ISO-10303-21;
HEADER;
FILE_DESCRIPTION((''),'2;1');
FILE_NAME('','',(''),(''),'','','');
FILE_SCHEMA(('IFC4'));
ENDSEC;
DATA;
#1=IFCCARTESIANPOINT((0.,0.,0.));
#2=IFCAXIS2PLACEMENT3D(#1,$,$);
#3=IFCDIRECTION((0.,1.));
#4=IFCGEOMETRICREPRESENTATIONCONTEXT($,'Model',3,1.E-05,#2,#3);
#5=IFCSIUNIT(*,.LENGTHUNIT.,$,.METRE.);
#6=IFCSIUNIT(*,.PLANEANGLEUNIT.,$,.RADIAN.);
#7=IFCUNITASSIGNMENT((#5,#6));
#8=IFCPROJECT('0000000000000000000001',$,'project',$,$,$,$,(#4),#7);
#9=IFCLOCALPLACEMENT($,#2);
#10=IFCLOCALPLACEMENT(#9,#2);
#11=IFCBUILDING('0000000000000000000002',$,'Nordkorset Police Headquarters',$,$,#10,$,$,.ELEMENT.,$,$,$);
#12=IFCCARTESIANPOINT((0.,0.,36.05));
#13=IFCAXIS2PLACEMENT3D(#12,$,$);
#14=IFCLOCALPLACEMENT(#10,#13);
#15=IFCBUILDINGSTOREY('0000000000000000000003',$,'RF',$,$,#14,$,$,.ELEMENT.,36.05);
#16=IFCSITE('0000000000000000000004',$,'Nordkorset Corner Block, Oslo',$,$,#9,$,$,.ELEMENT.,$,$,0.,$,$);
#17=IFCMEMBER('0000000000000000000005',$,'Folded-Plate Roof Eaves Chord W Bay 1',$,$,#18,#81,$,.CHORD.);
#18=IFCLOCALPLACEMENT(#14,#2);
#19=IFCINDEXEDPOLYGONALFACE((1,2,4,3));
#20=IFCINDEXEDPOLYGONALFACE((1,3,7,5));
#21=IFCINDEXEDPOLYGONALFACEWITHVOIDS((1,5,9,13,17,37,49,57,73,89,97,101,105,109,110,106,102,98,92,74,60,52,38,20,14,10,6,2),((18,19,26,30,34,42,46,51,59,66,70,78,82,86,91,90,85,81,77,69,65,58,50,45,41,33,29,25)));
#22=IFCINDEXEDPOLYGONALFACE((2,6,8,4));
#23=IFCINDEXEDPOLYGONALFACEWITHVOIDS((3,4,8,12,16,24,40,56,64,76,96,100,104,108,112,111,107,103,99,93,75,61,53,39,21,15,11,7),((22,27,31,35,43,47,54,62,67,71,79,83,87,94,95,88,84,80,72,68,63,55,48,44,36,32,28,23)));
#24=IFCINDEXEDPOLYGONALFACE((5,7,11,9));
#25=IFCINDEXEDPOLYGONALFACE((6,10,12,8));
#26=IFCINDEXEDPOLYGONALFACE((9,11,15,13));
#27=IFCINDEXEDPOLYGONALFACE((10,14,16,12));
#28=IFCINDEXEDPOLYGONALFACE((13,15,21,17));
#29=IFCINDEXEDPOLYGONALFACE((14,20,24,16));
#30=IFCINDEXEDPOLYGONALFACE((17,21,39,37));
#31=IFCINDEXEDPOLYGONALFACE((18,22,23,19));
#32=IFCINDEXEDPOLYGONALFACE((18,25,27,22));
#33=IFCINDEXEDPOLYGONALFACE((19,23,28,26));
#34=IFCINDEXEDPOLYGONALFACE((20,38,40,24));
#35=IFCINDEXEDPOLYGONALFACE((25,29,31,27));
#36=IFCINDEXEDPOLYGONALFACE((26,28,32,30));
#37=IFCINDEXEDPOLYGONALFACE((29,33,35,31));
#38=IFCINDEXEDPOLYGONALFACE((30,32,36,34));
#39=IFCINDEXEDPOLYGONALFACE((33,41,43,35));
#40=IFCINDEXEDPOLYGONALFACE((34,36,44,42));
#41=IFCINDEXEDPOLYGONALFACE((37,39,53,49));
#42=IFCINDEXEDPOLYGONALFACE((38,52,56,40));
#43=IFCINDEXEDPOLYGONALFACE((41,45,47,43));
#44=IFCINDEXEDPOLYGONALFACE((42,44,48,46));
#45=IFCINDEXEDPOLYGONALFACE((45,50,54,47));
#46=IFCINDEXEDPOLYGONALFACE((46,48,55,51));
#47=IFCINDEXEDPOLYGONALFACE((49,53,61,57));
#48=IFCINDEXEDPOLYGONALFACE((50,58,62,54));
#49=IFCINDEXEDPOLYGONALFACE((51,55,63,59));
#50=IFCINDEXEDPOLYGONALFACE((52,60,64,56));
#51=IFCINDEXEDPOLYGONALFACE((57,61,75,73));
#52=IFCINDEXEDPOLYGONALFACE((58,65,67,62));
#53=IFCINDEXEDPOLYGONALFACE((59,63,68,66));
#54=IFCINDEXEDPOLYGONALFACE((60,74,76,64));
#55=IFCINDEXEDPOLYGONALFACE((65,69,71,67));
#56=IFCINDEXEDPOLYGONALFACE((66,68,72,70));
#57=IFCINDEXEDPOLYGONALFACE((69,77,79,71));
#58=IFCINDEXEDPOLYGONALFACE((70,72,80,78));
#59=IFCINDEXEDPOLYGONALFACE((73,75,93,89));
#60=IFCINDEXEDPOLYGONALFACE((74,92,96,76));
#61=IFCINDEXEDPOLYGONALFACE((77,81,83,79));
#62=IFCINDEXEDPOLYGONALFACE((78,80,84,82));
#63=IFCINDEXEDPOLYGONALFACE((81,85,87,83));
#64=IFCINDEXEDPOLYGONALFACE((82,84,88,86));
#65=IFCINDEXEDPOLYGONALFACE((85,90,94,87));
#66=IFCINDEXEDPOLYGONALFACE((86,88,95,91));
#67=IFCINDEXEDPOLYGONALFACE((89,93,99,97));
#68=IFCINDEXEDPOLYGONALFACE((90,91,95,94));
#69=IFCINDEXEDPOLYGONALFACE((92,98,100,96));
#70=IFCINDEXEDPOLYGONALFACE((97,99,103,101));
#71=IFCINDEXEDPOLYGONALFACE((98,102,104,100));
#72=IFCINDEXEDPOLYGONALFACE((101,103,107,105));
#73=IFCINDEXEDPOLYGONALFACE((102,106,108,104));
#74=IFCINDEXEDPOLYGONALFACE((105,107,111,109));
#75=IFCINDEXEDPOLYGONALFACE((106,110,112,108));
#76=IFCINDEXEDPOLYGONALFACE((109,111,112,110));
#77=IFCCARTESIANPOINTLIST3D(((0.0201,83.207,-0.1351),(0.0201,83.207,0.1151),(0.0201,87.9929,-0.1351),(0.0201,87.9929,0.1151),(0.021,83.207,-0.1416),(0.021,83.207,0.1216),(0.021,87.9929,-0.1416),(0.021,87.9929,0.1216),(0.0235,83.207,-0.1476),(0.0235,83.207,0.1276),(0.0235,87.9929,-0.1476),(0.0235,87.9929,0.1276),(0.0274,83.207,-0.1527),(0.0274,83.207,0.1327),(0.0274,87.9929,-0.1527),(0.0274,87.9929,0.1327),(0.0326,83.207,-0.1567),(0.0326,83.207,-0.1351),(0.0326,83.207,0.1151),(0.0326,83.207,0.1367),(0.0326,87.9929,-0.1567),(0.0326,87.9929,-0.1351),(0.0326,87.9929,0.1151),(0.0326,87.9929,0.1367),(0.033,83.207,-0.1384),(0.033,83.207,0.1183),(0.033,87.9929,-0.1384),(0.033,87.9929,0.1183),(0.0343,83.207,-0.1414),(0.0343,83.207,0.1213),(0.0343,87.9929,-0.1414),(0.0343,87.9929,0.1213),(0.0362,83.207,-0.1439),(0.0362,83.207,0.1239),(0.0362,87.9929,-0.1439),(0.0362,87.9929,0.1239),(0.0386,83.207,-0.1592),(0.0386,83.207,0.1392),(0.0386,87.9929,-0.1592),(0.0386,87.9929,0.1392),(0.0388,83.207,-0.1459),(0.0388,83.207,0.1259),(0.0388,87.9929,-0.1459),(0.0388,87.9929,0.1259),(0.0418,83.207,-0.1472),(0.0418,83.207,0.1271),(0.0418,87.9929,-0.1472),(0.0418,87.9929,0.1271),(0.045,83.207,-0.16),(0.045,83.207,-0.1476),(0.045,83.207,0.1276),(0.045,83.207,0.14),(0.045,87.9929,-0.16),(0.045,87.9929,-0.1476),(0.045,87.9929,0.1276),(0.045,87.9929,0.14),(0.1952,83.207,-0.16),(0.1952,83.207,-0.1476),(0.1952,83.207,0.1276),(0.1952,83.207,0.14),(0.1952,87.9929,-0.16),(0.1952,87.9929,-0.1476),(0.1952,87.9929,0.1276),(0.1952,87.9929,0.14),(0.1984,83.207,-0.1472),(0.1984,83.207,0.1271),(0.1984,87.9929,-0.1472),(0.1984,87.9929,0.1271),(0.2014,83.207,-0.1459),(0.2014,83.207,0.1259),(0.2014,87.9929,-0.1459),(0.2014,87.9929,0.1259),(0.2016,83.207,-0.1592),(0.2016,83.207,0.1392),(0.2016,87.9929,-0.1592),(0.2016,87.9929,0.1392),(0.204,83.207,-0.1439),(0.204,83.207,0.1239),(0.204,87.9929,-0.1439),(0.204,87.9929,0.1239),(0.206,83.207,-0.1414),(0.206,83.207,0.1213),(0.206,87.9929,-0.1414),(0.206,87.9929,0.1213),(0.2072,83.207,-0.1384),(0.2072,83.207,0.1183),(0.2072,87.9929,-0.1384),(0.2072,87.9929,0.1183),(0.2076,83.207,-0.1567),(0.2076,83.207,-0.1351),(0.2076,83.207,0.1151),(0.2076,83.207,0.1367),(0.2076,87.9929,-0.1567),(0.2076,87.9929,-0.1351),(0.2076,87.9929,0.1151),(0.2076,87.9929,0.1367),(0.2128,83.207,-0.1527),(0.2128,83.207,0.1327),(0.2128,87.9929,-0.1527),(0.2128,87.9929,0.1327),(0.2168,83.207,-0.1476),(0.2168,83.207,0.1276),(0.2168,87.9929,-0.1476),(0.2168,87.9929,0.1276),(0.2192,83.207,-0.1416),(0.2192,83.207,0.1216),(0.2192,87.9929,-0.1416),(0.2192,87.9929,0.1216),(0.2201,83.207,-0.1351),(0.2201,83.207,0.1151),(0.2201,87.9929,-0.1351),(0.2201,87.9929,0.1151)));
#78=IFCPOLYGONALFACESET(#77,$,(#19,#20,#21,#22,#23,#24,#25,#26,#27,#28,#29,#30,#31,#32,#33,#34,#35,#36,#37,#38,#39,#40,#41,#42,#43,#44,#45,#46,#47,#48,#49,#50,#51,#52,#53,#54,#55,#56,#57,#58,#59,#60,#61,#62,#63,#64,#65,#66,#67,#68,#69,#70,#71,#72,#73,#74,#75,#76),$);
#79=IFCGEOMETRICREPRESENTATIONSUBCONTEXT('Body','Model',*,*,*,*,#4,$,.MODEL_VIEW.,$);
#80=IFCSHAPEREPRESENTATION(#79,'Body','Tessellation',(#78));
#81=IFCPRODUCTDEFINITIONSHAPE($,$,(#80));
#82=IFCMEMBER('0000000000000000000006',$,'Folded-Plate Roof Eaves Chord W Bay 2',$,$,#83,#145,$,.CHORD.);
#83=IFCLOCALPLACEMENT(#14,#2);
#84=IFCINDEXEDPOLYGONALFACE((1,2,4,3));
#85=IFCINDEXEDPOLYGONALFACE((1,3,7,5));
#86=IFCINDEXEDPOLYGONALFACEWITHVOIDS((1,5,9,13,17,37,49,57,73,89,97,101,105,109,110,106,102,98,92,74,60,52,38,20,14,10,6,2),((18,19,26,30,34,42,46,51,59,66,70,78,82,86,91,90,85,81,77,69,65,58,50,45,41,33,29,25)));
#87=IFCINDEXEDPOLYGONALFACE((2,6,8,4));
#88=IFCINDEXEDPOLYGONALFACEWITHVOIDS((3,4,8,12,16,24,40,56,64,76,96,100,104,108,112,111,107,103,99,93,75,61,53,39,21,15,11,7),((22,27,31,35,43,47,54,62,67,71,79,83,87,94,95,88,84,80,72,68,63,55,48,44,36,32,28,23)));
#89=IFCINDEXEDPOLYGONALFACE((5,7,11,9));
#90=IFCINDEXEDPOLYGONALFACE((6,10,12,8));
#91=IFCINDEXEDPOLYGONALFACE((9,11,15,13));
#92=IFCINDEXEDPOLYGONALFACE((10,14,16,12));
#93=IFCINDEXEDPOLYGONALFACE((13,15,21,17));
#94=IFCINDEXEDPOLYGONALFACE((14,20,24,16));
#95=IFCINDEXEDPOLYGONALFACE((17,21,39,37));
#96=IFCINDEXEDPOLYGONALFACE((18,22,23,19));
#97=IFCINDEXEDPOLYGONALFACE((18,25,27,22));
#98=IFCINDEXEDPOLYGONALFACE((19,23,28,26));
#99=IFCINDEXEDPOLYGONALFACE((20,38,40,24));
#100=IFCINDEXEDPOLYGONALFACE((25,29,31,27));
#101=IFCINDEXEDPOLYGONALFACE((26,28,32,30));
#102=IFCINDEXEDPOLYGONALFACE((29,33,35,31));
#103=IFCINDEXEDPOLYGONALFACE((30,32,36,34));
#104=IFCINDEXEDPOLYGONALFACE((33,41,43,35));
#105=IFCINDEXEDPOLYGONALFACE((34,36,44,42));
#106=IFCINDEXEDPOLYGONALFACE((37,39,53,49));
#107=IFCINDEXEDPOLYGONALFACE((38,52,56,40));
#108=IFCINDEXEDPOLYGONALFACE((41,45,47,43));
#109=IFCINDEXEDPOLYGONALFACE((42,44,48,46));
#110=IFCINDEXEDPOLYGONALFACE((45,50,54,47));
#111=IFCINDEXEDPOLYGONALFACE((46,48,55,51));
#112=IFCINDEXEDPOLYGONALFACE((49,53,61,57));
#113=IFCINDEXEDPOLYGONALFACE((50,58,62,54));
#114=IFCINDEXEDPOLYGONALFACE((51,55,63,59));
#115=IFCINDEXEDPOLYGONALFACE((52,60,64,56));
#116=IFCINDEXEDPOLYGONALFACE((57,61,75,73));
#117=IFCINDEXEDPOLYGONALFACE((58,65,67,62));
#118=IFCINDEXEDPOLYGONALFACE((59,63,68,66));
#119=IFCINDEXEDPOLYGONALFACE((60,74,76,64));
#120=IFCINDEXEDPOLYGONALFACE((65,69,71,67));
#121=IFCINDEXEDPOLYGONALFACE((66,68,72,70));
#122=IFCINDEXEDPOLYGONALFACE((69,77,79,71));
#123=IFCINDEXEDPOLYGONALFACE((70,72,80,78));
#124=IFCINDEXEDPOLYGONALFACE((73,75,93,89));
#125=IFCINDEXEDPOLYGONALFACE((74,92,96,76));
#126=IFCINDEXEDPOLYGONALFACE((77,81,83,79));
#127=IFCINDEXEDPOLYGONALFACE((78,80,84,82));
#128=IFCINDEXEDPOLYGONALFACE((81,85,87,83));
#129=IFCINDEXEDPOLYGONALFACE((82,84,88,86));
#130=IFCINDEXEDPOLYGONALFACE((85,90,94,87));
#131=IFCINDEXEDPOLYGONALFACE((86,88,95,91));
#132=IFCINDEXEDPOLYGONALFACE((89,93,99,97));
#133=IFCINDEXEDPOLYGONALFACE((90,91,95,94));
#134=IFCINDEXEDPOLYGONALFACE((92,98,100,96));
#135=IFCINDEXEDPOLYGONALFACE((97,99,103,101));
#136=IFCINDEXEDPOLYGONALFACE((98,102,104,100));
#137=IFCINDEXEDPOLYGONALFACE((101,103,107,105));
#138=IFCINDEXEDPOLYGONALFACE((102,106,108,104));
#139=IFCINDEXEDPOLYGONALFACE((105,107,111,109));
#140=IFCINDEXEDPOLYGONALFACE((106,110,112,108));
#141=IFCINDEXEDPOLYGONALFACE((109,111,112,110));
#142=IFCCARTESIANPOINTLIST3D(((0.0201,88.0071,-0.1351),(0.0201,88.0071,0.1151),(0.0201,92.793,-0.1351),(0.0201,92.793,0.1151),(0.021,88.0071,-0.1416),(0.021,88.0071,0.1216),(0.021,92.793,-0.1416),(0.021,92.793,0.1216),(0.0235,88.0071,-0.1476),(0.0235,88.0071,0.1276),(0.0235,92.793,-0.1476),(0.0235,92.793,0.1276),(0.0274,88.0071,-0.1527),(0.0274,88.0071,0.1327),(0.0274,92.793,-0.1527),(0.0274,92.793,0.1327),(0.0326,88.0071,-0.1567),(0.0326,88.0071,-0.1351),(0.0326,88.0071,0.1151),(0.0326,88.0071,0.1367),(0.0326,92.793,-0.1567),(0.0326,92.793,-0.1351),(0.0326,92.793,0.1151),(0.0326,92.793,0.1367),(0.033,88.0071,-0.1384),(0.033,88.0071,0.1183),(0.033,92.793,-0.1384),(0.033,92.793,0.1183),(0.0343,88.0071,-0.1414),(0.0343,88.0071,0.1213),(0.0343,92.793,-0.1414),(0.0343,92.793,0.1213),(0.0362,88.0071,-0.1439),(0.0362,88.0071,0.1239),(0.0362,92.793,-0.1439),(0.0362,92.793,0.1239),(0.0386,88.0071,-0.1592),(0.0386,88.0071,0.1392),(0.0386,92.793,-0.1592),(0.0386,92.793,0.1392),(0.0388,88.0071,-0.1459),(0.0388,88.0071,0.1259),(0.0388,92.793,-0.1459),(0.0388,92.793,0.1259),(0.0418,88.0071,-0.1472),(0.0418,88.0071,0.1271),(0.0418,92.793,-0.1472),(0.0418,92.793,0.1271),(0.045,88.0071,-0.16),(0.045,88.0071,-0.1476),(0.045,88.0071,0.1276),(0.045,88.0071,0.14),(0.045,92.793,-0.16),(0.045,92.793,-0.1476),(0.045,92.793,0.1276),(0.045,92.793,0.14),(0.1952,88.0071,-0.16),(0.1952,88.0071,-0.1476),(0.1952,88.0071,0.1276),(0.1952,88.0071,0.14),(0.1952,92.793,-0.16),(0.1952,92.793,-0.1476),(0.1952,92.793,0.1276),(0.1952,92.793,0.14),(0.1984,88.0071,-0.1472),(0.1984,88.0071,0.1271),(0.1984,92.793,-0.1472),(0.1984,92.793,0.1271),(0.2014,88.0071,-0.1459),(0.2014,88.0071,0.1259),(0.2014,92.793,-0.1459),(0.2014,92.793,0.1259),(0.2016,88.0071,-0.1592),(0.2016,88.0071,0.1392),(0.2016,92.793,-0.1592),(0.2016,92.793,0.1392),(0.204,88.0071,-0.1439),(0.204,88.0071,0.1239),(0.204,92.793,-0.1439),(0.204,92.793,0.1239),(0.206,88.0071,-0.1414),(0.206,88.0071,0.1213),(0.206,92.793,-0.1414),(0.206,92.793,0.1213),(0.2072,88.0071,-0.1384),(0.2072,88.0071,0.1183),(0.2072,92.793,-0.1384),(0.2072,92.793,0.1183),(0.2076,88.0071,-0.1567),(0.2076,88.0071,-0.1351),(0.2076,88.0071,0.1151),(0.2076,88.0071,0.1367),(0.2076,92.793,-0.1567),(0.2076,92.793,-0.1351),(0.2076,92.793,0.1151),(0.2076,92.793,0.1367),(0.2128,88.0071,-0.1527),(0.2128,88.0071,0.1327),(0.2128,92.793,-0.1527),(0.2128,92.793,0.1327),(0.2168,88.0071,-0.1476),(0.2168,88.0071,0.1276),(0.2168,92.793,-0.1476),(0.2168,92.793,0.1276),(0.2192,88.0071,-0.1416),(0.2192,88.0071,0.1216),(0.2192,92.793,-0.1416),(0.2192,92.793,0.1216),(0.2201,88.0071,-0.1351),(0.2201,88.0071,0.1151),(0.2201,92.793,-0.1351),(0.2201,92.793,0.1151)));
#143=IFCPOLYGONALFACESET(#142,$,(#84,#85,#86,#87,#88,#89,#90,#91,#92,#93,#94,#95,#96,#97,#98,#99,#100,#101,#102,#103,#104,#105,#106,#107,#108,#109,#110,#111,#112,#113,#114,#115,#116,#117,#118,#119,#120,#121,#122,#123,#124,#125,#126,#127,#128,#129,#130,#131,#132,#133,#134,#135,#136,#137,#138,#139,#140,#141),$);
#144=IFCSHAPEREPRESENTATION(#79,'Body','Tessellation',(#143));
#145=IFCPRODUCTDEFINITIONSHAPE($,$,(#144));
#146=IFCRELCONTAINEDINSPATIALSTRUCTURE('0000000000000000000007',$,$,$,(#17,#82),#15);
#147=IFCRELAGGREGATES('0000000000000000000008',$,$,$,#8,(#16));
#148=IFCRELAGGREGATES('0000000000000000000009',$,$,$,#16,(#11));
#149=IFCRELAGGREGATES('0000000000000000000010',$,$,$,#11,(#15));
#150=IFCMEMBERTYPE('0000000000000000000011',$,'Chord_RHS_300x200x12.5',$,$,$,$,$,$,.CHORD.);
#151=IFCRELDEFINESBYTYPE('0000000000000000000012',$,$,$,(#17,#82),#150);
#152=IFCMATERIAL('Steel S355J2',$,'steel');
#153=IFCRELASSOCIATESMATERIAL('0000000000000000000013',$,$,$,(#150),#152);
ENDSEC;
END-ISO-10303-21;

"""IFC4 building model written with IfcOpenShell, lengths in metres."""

from ifc_helpers import new_model, si_unit, direction, frame, origin, origin_2d, place, context, subcontext, project, spatial, hollow_rectangle, extrude, material, material_profile, profile_set, type_object, element, save


model = new_model("IFC4")

# Units and contexts
model_context = context("Model", 3, precision=1e-05, world=origin(), true_north=direction((0.0, 1.0)))
body_context = subcontext(model_context, "Body", "Model", "MODEL_VIEW")
ifc_project = project(units=[si_unit("LENGTHUNIT", "METRE"), si_unit("PLANEANGLEUNIT", "RADIAN")], contexts=[model_context])

# Site, building, storey
site_placement = place(None, origin())
site = spatial("IfcSite", under=ifc_project, at=site_placement, Name="Nordkorset Corner Block, Oslo", CompositionType="ELEMENT", RefElevation=0.0)
building_placement = place(site_placement, origin())
building = spatial("IfcBuilding", under=site, at=building_placement, Name="Nordkorset Police Headquarters", CompositionType="ELEMENT")
storey_placement = place(building_placement, frame((0.0, 0.0, 36.05)))
storey = spatial("IfcBuildingStorey", under=building, at=storey_placement, Name="RF", CompositionType="ELEMENT", Elevation=36.05)

# Members
ifc_material_1 = material(Name="Steel S355J2", Category="steel")
ifc_material_profile_1 = material_profile(ifc_material_1, hollow_rectangle(XDim=0.2, YDim=0.3, WallThickness=0.0125, InnerFilletRadius=0.0125, OuterFilletRadius=0.0249, at=origin_2d()), Name="RHS 300x200x12.5")
ifc_profile_set_1 = profile_set([ifc_material_profile_1], Name="Steel S355J2")
member_type_1 = type_object("IfcMemberType", Name="Chord_RHS_300x200x12.5", PredefinedType="CHORD", material=ifc_profile_set_1)
for number, where, z_axis, x_axis, name in (
    (1, (0.1201, 83.207, -0.01), (0.0, 1.0, 0.0), (-1.0, 0.0, 0.0), "Folded-Plate Roof Eaves Chord W Bay 1"),
    (2, (0.1201, 88.0071, -0.01), (0.0, 1.0, 0.0), (-1.0, 0.0, 0.0), "Folded-Plate Roof Eaves Chord W Bay 2"),
):
    element("IfcMember", number, at=place(storey_placement, frame(where, z_axis=z_axis, x_axis=x_axis)), inside=storey, type_object=member_type_1, Name=name, PredefinedType="CHORD", context=body_context, shape_type="SweptSolid", body=[
        extrude(hollow_rectangle(XDim=0.2, YDim=0.3, WallThickness=0.0125, InnerFilletRadius=0.0125, OuterFilletRadius=0.0249, at=origin_2d()), origin(), (0.0, 0.0, 1.0), 4.7859),
    ])

save(model, "model.ifc")
